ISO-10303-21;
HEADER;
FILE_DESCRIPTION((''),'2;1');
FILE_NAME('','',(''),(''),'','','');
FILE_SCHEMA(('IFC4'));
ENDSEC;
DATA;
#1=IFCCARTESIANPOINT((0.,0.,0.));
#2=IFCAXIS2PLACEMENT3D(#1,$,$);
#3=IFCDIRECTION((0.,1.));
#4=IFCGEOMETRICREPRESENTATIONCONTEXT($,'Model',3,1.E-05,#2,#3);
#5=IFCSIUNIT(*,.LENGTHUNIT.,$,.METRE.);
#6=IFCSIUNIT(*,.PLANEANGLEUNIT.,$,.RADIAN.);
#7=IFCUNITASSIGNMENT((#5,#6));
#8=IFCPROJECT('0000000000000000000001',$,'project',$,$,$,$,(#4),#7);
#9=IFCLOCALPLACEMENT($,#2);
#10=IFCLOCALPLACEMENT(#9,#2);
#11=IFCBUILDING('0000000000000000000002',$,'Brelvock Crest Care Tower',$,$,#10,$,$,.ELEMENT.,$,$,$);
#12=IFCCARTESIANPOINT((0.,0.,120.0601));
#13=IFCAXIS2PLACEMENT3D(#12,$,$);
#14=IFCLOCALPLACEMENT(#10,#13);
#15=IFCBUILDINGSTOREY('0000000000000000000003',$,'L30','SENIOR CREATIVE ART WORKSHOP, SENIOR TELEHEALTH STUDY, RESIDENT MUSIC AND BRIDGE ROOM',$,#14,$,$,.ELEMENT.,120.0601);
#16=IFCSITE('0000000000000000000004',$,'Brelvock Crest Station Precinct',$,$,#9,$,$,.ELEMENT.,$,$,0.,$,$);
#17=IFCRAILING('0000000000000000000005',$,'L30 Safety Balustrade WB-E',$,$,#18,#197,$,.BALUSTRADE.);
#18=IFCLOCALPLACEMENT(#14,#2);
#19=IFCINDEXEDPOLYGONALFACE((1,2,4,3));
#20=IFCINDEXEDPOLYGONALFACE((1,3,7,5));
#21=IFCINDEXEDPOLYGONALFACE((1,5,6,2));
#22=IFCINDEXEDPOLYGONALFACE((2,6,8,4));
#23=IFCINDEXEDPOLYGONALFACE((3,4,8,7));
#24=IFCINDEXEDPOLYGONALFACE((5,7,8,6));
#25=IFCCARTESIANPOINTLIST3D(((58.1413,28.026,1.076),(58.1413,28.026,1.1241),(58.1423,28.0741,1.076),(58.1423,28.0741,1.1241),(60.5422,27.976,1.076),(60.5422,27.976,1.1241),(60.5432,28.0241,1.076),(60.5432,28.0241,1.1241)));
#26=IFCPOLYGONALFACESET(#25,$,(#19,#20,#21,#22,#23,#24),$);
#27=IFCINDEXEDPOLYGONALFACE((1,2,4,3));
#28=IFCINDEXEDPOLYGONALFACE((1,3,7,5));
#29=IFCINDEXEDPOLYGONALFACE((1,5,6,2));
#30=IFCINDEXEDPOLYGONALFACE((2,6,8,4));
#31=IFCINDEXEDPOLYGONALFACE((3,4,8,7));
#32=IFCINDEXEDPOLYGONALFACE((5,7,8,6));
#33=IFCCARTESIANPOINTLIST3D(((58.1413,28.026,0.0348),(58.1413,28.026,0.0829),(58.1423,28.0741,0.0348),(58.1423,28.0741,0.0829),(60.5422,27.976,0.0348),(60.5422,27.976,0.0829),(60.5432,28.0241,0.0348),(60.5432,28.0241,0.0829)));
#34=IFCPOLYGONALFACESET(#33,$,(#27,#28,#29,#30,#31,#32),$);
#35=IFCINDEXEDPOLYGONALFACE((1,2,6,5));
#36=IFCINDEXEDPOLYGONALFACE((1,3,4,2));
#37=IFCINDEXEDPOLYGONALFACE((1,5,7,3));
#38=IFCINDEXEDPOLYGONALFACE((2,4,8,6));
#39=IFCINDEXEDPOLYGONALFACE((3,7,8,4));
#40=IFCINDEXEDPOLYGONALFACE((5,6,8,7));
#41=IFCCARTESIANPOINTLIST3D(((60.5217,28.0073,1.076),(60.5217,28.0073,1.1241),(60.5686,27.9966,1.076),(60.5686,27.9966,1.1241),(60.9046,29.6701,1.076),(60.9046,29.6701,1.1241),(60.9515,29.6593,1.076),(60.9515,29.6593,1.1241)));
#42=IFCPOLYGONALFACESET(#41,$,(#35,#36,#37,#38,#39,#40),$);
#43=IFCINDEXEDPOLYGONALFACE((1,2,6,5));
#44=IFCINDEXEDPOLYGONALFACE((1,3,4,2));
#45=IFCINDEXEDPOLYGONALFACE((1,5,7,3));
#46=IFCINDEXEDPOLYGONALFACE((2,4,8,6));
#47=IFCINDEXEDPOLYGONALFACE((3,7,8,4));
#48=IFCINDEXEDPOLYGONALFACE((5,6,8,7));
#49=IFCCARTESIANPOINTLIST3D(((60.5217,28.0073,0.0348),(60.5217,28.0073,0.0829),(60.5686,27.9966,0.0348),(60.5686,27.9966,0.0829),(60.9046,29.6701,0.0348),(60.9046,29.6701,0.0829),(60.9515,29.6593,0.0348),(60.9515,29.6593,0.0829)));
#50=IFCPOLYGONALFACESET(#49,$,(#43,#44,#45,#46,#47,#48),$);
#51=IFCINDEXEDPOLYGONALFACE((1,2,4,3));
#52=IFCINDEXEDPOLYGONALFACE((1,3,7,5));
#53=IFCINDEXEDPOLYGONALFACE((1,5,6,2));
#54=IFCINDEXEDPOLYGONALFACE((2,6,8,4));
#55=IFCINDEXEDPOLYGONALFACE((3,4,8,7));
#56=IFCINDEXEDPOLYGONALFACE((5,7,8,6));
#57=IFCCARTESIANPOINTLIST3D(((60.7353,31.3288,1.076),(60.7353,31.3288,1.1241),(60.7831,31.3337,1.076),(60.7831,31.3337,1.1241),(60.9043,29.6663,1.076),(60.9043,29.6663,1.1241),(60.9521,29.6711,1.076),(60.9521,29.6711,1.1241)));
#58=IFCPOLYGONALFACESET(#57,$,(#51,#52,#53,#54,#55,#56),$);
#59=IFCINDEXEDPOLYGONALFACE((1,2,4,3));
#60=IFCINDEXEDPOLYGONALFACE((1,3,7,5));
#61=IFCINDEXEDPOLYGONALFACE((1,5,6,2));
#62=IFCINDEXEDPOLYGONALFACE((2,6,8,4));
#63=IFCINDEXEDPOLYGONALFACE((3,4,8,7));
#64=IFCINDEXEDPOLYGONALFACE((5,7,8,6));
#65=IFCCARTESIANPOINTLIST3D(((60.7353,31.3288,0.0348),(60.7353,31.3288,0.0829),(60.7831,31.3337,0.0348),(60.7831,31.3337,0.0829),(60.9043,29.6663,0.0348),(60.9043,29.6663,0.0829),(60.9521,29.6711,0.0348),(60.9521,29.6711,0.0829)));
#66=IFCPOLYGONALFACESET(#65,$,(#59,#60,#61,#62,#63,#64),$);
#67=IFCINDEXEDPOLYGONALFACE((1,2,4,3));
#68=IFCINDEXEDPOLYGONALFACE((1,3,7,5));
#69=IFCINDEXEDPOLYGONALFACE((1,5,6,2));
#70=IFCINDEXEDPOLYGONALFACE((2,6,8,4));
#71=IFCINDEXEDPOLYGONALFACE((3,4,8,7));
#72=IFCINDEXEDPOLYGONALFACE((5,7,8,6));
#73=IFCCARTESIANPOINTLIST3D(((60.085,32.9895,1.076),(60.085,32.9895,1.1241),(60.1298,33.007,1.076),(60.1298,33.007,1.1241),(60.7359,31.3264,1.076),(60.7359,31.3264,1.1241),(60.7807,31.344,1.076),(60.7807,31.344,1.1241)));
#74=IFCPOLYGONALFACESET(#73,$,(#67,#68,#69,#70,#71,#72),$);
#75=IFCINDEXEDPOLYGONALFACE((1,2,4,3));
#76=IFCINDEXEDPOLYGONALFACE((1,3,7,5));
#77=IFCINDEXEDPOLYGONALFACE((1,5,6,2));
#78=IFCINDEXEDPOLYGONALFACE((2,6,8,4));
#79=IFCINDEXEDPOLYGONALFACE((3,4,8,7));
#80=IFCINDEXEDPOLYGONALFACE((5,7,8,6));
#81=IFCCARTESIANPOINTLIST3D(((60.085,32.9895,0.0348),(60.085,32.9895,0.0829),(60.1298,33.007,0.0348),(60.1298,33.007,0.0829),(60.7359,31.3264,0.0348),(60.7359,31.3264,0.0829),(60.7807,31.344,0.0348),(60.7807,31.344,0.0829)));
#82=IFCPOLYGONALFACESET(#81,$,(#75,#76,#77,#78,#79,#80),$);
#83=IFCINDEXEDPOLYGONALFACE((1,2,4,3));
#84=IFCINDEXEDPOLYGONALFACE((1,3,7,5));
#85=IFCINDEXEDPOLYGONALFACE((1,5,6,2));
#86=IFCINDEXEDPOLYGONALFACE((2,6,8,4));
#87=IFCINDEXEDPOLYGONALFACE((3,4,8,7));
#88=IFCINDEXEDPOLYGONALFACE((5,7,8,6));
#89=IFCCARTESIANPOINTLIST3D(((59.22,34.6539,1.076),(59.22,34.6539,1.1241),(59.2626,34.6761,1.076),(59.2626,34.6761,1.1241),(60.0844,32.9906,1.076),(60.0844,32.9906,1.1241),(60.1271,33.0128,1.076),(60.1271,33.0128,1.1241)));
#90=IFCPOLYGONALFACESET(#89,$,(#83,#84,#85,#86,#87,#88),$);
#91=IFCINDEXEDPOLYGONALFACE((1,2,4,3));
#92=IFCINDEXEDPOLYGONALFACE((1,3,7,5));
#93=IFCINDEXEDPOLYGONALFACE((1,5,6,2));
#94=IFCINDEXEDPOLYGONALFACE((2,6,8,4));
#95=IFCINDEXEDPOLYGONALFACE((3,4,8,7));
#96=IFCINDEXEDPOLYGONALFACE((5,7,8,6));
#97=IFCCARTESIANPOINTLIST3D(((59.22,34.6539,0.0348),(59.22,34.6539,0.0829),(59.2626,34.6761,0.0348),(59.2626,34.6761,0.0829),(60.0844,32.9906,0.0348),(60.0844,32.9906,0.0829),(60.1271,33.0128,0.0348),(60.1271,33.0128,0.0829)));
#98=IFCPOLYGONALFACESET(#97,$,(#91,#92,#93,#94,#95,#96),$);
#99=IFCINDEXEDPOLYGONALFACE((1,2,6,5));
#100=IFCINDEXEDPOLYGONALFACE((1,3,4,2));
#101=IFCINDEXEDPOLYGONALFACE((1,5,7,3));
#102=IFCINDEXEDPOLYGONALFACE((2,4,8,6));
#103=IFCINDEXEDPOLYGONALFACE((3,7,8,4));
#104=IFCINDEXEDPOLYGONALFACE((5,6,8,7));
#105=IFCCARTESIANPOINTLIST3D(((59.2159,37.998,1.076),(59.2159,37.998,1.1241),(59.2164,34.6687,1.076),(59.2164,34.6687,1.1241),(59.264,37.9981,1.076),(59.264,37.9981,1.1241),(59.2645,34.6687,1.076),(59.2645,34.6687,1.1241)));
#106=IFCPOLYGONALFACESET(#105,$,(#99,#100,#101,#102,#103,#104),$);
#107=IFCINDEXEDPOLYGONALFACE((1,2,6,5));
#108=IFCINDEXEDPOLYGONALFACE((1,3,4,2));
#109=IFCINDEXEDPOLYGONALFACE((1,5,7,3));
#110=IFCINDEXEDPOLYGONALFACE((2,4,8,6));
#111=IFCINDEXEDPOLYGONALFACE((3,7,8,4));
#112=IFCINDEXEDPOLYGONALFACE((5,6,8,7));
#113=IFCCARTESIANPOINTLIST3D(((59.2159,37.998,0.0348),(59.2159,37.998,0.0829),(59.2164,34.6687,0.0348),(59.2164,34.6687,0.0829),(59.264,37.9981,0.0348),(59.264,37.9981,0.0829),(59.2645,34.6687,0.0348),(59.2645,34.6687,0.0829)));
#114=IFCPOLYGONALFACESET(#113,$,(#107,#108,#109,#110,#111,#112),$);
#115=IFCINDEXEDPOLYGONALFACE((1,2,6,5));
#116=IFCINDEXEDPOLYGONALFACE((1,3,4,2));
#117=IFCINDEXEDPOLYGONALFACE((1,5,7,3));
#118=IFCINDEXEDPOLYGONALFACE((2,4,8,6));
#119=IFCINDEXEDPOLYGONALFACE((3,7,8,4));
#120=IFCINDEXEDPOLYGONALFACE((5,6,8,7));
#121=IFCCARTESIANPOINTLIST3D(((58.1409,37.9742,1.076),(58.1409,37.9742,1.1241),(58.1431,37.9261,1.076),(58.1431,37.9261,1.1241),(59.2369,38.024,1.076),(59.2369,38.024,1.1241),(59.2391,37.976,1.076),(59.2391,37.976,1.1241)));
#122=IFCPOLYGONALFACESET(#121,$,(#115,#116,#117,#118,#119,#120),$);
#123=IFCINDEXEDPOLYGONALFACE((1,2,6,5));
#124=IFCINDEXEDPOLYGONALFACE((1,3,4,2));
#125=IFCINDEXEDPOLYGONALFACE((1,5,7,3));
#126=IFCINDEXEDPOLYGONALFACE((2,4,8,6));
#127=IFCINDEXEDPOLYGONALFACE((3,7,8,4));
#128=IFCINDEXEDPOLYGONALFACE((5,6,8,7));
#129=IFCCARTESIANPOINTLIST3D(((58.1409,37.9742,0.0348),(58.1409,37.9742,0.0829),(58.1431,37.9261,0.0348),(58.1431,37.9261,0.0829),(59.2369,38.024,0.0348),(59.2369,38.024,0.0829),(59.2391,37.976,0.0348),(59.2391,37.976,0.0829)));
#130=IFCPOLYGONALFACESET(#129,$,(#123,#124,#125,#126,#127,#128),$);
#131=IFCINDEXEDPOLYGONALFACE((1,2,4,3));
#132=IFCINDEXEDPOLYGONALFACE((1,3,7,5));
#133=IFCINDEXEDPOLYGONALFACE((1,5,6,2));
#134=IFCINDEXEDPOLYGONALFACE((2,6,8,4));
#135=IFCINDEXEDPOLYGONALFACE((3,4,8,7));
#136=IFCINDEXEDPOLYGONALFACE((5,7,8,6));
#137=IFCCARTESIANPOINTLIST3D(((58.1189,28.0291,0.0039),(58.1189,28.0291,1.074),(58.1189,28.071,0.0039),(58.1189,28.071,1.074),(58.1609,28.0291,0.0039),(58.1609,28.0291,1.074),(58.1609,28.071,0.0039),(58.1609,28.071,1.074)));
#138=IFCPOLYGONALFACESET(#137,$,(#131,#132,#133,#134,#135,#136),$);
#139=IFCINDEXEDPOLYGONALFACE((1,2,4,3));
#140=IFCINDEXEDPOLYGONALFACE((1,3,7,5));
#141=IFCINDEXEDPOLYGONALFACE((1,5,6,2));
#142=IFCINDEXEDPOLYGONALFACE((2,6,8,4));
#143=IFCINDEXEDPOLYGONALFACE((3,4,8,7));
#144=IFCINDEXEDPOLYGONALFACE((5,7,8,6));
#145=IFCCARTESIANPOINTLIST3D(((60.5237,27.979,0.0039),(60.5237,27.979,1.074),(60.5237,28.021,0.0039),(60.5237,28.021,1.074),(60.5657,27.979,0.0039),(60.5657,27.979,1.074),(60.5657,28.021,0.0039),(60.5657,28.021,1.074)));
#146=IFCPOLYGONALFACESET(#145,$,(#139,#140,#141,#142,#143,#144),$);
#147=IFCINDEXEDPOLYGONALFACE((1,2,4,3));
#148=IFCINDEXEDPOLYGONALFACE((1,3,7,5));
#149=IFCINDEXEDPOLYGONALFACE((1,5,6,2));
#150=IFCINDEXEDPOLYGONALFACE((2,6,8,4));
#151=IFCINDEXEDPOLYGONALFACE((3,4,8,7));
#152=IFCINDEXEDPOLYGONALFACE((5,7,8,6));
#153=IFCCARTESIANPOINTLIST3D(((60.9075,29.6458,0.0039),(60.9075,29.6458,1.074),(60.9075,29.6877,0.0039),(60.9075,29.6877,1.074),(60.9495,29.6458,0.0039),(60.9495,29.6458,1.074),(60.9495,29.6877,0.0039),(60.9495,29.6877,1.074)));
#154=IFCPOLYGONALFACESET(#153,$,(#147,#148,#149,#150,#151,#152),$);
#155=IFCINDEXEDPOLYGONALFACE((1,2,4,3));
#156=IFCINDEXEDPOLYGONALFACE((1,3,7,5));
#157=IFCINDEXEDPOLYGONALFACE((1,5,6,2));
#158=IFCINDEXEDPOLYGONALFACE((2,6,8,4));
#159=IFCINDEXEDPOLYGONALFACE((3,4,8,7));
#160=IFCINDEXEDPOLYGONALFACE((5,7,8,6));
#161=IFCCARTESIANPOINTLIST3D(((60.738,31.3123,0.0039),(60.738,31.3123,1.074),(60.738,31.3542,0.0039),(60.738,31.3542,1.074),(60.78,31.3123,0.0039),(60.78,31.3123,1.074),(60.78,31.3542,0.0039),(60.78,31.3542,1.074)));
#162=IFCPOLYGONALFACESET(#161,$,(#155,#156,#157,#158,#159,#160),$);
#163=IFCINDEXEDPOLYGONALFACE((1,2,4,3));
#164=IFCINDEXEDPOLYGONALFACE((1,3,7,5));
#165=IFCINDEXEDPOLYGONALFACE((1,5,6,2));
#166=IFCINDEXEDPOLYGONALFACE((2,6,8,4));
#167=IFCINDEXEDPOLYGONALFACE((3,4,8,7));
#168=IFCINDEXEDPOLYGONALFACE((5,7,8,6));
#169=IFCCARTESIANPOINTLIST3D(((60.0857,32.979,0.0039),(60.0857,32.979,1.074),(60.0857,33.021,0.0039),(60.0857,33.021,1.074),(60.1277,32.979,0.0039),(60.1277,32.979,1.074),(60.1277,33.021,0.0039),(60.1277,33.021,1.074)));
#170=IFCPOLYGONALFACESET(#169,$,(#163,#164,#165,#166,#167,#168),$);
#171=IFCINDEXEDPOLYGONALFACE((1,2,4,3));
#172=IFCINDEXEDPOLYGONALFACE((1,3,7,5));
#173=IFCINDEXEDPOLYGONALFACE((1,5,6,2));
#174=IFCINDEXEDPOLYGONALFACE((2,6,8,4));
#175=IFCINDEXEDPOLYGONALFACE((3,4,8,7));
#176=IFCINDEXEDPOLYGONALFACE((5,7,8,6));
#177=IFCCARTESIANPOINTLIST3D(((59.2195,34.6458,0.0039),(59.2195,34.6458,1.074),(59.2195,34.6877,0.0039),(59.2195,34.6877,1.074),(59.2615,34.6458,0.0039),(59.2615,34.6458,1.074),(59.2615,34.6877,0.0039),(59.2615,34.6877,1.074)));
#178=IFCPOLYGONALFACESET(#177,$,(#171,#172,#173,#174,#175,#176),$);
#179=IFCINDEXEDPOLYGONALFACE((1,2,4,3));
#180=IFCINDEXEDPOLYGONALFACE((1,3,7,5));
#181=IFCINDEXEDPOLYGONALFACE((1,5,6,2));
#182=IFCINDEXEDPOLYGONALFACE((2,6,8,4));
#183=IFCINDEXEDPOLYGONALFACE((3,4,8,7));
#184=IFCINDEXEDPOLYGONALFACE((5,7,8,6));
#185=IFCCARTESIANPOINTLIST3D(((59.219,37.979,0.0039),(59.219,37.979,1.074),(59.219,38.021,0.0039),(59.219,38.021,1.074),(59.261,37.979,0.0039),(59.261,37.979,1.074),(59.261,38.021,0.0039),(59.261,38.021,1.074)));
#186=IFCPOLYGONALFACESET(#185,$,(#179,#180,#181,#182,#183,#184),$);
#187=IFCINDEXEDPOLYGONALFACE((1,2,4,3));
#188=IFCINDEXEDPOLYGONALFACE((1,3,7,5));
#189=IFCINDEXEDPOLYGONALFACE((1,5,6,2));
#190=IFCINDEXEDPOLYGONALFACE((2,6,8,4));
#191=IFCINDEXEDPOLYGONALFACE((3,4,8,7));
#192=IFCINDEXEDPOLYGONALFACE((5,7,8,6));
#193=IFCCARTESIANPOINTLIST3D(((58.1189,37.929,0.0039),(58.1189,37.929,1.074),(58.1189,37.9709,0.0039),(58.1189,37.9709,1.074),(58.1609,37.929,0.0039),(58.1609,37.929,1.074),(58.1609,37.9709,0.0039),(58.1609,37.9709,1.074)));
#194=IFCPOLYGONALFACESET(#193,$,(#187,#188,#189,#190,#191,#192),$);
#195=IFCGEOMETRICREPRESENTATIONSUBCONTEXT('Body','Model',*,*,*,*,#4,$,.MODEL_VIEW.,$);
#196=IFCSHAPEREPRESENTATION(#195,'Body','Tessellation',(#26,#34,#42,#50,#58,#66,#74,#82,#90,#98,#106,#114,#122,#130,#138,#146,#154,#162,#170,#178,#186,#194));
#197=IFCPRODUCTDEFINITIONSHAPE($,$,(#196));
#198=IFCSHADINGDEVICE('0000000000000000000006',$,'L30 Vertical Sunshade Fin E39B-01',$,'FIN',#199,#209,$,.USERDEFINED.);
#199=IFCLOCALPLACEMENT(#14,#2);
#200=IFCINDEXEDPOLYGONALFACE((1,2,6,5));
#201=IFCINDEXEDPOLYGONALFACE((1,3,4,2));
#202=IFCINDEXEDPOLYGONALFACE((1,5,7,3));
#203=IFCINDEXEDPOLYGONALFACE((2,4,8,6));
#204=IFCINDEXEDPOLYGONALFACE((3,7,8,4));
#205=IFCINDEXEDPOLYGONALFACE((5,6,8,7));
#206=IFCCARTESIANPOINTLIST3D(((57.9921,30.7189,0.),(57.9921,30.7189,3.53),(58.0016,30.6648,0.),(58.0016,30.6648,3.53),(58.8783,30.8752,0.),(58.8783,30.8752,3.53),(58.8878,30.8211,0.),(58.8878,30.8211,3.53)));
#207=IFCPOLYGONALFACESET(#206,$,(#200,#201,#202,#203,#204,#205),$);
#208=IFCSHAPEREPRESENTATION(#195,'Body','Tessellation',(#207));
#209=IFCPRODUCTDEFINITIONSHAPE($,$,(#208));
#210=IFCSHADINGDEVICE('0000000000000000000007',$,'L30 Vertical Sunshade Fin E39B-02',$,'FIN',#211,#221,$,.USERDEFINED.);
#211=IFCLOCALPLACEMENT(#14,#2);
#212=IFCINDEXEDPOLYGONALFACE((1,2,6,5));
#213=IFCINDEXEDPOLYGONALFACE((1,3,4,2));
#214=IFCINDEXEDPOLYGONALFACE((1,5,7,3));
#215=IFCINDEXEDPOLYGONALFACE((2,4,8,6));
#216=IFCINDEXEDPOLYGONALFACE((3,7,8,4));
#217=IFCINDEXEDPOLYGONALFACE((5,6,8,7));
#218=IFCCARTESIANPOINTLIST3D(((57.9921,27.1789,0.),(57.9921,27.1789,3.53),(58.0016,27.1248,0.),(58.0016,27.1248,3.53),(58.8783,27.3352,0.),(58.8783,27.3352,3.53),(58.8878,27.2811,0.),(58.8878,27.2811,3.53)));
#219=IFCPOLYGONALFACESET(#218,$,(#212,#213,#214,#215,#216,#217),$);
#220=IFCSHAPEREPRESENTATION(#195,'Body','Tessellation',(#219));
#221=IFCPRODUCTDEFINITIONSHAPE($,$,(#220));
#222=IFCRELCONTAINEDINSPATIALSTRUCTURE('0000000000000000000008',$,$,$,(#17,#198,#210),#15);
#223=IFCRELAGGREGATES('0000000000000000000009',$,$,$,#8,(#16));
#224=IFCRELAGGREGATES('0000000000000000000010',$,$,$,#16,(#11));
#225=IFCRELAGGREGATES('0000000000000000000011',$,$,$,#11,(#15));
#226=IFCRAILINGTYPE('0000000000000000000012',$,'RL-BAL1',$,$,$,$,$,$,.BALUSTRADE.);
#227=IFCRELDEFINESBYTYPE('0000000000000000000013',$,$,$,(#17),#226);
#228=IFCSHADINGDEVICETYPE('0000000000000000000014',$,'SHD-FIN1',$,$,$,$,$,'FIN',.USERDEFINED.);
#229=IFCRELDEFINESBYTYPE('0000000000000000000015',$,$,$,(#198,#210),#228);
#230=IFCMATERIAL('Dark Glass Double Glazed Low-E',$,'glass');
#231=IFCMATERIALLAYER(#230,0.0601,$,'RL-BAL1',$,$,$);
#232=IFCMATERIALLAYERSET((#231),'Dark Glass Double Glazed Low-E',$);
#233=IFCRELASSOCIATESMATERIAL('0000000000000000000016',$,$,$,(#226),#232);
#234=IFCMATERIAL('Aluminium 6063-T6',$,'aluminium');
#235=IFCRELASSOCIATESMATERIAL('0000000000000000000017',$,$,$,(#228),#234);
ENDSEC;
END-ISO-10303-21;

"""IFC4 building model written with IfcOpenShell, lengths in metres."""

from ifc_helpers import new_model, si_unit, direction, frame, origin, origin_2d, place, context, subcontext, project, spatial, rectangle, extrude, source, transform, mapped, material, layer, layer_set, material_profile, profile_set, type_object, element, save


model = new_model("IFC4")

# Units and contexts
model_context = context("Model", 3, precision=1e-05, world=origin(), true_north=direction((0.0, 1.0)))
body_context = subcontext(model_context, "Body", "Model", "MODEL_VIEW")
ifc_project = project(units=[si_unit("LENGTHUNIT", "METRE"), si_unit("PLANEANGLEUNIT", "RADIAN")], contexts=[model_context])

# Site, building, storey
site_placement = place(None, origin())
site = spatial("IfcSite", under=ifc_project, at=site_placement, Name="Brelvock Crest Station Precinct", CompositionType="ELEMENT", RefElevation=0.0)
building_placement = place(site_placement, origin())
building = spatial("IfcBuilding", under=site, at=building_placement, Name="Brelvock Crest Care Tower", CompositionType="ELEMENT")
storey_placement = place(building_placement, frame((0.0, 0.0, 120.0601)))
storey = spatial("IfcBuildingStorey", under=building, at=storey_placement, Name="L30", Description="SENIOR CREATIVE ART WORKSHOP, SENIOR TELEHEALTH STUDY, RESIDENT MUSIC AND BRIDGE ROOM", CompositionType="ELEMENT", Elevation=120.0601)

# Shared definitions
ifc_material_1 = material(Name="Dark Glass Double Glazed Low-E", Category="glass")
ifc_material_2 = material(Name="Aluminium 6063-T6", Category="aluminium")

# Railing
ifc_layer_1 = layer(ifc_material_1, 0.0601, Name="RL-BAL1")
ifc_layer_set_1 = layer_set([ifc_layer_1], Name="Dark Glass Double Glazed Low-E")
railing_type = type_object("IfcRailingType", Name="RL-BAL1", PredefinedType="BALUSTRADE", material=ifc_layer_set_1)
railing_placement = place(storey_placement, frame((58.1399, 28.05, 0.0039)))
element("IfcRailing", 1, at=railing_placement, inside=storey, type_object=railing_type, Name="L30 Safety Balustrade WB-E", PredefinedType="BALUSTRADE", context=body_context, shape_type="SweptSolid", body=[
    extrude(rectangle(XDim=0.0481, YDim=0.0481, at=origin_2d()), frame((0.002, 0.0, 1.0962), z_axis=(0.999783, -0.020808, 0.0), x_axis=(0.020808, 0.999783, 0.0)), (0.0, 0.0, 1.0), 2.4014),
    extrude(rectangle(XDim=0.0481, YDim=0.0481, at=origin_2d()), frame((0.002, 0.0, 0.0549), z_axis=(0.999783, -0.020808, 0.0), x_axis=(0.020808, 0.999783, 0.0)), (0.0, 0.0, 1.0), 2.4014),
    extrude(rectangle(XDim=0.0481, YDim=0.0481, at=origin_2d()), frame((2.4053, -0.0481, 1.0962), z_axis=(0.22439, 0.974499, 0.0), x_axis=(-0.974499, 0.22439, 0.0)), (0.0, 0.0, 1.0), 1.7063),
    extrude(rectangle(XDim=0.0481, YDim=0.0481, at=origin_2d()), frame((2.4053, -0.0481, 0.0549), z_axis=(0.22439, 0.974499, 0.0), x_axis=(-0.974499, 0.22439, 0.0)), (0.0, 0.0, 1.0), 1.7063),
    extrude(rectangle(XDim=0.0481, YDim=0.0481, at=origin_2d()), frame((2.7883, 1.6187, 1.0962), z_axis=(-0.101149, 0.994871, 0.0), x_axis=(-0.994871, -0.101149, 0.0)), (0.0, 0.0, 1.0), 1.6711),
    extrude(rectangle(XDim=0.0481, YDim=0.0481, at=origin_2d()), frame((2.7883, 1.6187, 0.0549), z_axis=(-0.101149, 0.994871, 0.0), x_axis=(-0.994871, -0.101149, 0.0)), (0.0, 0.0, 1.0), 1.6711),
    extrude(rectangle(XDim=0.0481, YDim=0.0481, at=origin_2d()), frame((2.6184, 3.2852, 1.0962), z_axis=(-0.364466, 0.931217, 0.0), x_axis=(-0.931217, -0.364466, 0.0)), (0.0, 0.0, 1.0), 1.7859),
    extrude(rectangle(XDim=0.0481, YDim=0.0481, at=origin_2d()), frame((2.6184, 3.2852, 0.0549), z_axis=(-0.364466, 0.931217, 0.0), x_axis=(-0.931217, -0.364466, 0.0)), (0.0, 0.0, 1.0), 1.7859),
    extrude(rectangle(XDim=0.0481, YDim=0.0481, at=origin_2d()), frame((1.9658, 4.9517, 1.0962), z_axis=(-0.461144, 0.887325, 0.0), x_axis=(-0.887325, -0.461144, 0.0)), (0.0, 0.0, 1.0), 1.8745),
    extrude(rectangle(XDim=0.0481, YDim=0.0481, at=origin_2d()), frame((1.9658, 4.9517, 0.0549), z_axis=(-0.461144, 0.887325, 0.0), x_axis=(-0.887325, -0.461144, 0.0)), (0.0, 0.0, 1.0), 1.8745),
    extrude(rectangle(XDim=0.0481, YDim=0.0481, at=origin_2d()), frame((1.1006, 6.6187, 1.0962), z_axis=(-0.000146, 1.0, 0.0), x_axis=(-1.0, -0.000146, 0.0)), (0.0, 0.0, 1.0), 3.3293),
    extrude(rectangle(XDim=0.0481, YDim=0.0481, at=origin_2d()), frame((1.1006, 6.6187, 0.0549), z_axis=(-0.000146, 1.0, 0.0), x_axis=(-1.0, -0.000146, 0.0)), (0.0, 0.0, 1.0), 3.3293),
    extrude(rectangle(XDim=0.0481, YDim=0.0481, at=origin_2d()), frame((1.0981, 9.95, 1.0962), z_axis=(-0.998967, -0.045448, 0.0), x_axis=(0.045448, -0.998967, 0.0)), (0.0, 0.0, 1.0), 1.0972),
    extrude(rectangle(XDim=0.0481, YDim=0.0481, at=origin_2d()), frame((1.0981, 9.95, 0.0549), z_axis=(-0.998967, -0.045448, 0.0), x_axis=(0.045448, -0.998967, 0.0)), (0.0, 0.0, 1.0), 1.0972),
    extrude(rectangle(XDim=0.042, YDim=0.042, at=origin_2d()), origin(), (0.0, 0.0, 1.0), 1.0701),
    extrude(rectangle(XDim=0.042, YDim=0.042, at=origin_2d()), frame((2.4048, -0.05, 0.0)), (0.0, 0.0, 1.0), 1.0701),
    extrude(rectangle(XDim=0.042, YDim=0.042, at=origin_2d()), frame((2.7886, 1.6167, 0.0)), (0.0, 0.0, 1.0), 1.0701),
    extrude(rectangle(XDim=0.042, YDim=0.042, at=origin_2d()), frame((2.6191, 3.2832, 0.0)), (0.0, 0.0, 1.0), 1.0701),
    extrude(rectangle(XDim=0.042, YDim=0.042, at=origin_2d()), frame((1.9668, 4.95, 0.0)), (0.0, 0.0, 1.0), 1.0701),
    extrude(rectangle(XDim=0.042, YDim=0.042, at=origin_2d()), frame((1.1006, 6.6167, 0.0)), (0.0, 0.0, 1.0), 1.0701),
    extrude(rectangle(XDim=0.042, YDim=0.042, at=origin_2d()), frame((1.1001, 9.95, 0.0)), (0.0, 0.0, 1.0), 1.0701),
    extrude(rectangle(XDim=0.042, YDim=0.042, at=origin_2d()), frame((0.0, 9.8999, 0.0)), (0.0, 0.0, 1.0), 1.0701),
])

# Shading devices
ifc_material_profile_1 = material_profile(ifc_material_2, rectangle(XDim=0.0549, YDim=0.8999, at=origin_2d()), Name="FIN55x900")
ifc_profile_set_1 = profile_set([ifc_material_profile_1], Name="Aluminium 6063-T6")
shading_device_type = type_object("IfcShadingDeviceType", Name="SHD-FIN1", ElementType="FIN", PredefinedType="USERDEFINED", material=ifc_profile_set_1)
shared_shape_1 = source(origin(), body_context, "Body", "SweptSolid", [
    extrude(rectangle(XDim=0.0549, YDim=0.8999, at=origin_2d()), origin(), (0.0, 0.0, 1.0), 3.53),
])
for number, where, z_axis, x_axis, name in (
    (2, (58.4399, 30.77, 0.0), (0.0, 0.0, 1.0), (0.173648, -0.984808, 0.0), "L30 Vertical Sunshade Fin E39B-01"),
    (3, (58.4399, 27.23, 0.0), (0.0, 0.0, 1.0), (0.173648, -0.984808, 0.0), "L30 Vertical Sunshade Fin E39B-02"),
):
    element("IfcShadingDevice", number, at=place(storey_placement, frame(where, z_axis=z_axis, x_axis=x_axis)), inside=storey, type_object=shading_device_type, Name=name, ObjectType="FIN", PredefinedType="USERDEFINED", context=body_context, shape_type="MappedRepresentation", body=[
        mapped(shared_shape_1, transform((0.0, 0.0, 0.0), x_axis=(1.0, 0.0, 0.0), y_axis=(0.0, 1.0, 0.0), z_axis=(0.0, 0.0, 1.0), scale=1.0)),
    ])

save(model, "model.ifc")
